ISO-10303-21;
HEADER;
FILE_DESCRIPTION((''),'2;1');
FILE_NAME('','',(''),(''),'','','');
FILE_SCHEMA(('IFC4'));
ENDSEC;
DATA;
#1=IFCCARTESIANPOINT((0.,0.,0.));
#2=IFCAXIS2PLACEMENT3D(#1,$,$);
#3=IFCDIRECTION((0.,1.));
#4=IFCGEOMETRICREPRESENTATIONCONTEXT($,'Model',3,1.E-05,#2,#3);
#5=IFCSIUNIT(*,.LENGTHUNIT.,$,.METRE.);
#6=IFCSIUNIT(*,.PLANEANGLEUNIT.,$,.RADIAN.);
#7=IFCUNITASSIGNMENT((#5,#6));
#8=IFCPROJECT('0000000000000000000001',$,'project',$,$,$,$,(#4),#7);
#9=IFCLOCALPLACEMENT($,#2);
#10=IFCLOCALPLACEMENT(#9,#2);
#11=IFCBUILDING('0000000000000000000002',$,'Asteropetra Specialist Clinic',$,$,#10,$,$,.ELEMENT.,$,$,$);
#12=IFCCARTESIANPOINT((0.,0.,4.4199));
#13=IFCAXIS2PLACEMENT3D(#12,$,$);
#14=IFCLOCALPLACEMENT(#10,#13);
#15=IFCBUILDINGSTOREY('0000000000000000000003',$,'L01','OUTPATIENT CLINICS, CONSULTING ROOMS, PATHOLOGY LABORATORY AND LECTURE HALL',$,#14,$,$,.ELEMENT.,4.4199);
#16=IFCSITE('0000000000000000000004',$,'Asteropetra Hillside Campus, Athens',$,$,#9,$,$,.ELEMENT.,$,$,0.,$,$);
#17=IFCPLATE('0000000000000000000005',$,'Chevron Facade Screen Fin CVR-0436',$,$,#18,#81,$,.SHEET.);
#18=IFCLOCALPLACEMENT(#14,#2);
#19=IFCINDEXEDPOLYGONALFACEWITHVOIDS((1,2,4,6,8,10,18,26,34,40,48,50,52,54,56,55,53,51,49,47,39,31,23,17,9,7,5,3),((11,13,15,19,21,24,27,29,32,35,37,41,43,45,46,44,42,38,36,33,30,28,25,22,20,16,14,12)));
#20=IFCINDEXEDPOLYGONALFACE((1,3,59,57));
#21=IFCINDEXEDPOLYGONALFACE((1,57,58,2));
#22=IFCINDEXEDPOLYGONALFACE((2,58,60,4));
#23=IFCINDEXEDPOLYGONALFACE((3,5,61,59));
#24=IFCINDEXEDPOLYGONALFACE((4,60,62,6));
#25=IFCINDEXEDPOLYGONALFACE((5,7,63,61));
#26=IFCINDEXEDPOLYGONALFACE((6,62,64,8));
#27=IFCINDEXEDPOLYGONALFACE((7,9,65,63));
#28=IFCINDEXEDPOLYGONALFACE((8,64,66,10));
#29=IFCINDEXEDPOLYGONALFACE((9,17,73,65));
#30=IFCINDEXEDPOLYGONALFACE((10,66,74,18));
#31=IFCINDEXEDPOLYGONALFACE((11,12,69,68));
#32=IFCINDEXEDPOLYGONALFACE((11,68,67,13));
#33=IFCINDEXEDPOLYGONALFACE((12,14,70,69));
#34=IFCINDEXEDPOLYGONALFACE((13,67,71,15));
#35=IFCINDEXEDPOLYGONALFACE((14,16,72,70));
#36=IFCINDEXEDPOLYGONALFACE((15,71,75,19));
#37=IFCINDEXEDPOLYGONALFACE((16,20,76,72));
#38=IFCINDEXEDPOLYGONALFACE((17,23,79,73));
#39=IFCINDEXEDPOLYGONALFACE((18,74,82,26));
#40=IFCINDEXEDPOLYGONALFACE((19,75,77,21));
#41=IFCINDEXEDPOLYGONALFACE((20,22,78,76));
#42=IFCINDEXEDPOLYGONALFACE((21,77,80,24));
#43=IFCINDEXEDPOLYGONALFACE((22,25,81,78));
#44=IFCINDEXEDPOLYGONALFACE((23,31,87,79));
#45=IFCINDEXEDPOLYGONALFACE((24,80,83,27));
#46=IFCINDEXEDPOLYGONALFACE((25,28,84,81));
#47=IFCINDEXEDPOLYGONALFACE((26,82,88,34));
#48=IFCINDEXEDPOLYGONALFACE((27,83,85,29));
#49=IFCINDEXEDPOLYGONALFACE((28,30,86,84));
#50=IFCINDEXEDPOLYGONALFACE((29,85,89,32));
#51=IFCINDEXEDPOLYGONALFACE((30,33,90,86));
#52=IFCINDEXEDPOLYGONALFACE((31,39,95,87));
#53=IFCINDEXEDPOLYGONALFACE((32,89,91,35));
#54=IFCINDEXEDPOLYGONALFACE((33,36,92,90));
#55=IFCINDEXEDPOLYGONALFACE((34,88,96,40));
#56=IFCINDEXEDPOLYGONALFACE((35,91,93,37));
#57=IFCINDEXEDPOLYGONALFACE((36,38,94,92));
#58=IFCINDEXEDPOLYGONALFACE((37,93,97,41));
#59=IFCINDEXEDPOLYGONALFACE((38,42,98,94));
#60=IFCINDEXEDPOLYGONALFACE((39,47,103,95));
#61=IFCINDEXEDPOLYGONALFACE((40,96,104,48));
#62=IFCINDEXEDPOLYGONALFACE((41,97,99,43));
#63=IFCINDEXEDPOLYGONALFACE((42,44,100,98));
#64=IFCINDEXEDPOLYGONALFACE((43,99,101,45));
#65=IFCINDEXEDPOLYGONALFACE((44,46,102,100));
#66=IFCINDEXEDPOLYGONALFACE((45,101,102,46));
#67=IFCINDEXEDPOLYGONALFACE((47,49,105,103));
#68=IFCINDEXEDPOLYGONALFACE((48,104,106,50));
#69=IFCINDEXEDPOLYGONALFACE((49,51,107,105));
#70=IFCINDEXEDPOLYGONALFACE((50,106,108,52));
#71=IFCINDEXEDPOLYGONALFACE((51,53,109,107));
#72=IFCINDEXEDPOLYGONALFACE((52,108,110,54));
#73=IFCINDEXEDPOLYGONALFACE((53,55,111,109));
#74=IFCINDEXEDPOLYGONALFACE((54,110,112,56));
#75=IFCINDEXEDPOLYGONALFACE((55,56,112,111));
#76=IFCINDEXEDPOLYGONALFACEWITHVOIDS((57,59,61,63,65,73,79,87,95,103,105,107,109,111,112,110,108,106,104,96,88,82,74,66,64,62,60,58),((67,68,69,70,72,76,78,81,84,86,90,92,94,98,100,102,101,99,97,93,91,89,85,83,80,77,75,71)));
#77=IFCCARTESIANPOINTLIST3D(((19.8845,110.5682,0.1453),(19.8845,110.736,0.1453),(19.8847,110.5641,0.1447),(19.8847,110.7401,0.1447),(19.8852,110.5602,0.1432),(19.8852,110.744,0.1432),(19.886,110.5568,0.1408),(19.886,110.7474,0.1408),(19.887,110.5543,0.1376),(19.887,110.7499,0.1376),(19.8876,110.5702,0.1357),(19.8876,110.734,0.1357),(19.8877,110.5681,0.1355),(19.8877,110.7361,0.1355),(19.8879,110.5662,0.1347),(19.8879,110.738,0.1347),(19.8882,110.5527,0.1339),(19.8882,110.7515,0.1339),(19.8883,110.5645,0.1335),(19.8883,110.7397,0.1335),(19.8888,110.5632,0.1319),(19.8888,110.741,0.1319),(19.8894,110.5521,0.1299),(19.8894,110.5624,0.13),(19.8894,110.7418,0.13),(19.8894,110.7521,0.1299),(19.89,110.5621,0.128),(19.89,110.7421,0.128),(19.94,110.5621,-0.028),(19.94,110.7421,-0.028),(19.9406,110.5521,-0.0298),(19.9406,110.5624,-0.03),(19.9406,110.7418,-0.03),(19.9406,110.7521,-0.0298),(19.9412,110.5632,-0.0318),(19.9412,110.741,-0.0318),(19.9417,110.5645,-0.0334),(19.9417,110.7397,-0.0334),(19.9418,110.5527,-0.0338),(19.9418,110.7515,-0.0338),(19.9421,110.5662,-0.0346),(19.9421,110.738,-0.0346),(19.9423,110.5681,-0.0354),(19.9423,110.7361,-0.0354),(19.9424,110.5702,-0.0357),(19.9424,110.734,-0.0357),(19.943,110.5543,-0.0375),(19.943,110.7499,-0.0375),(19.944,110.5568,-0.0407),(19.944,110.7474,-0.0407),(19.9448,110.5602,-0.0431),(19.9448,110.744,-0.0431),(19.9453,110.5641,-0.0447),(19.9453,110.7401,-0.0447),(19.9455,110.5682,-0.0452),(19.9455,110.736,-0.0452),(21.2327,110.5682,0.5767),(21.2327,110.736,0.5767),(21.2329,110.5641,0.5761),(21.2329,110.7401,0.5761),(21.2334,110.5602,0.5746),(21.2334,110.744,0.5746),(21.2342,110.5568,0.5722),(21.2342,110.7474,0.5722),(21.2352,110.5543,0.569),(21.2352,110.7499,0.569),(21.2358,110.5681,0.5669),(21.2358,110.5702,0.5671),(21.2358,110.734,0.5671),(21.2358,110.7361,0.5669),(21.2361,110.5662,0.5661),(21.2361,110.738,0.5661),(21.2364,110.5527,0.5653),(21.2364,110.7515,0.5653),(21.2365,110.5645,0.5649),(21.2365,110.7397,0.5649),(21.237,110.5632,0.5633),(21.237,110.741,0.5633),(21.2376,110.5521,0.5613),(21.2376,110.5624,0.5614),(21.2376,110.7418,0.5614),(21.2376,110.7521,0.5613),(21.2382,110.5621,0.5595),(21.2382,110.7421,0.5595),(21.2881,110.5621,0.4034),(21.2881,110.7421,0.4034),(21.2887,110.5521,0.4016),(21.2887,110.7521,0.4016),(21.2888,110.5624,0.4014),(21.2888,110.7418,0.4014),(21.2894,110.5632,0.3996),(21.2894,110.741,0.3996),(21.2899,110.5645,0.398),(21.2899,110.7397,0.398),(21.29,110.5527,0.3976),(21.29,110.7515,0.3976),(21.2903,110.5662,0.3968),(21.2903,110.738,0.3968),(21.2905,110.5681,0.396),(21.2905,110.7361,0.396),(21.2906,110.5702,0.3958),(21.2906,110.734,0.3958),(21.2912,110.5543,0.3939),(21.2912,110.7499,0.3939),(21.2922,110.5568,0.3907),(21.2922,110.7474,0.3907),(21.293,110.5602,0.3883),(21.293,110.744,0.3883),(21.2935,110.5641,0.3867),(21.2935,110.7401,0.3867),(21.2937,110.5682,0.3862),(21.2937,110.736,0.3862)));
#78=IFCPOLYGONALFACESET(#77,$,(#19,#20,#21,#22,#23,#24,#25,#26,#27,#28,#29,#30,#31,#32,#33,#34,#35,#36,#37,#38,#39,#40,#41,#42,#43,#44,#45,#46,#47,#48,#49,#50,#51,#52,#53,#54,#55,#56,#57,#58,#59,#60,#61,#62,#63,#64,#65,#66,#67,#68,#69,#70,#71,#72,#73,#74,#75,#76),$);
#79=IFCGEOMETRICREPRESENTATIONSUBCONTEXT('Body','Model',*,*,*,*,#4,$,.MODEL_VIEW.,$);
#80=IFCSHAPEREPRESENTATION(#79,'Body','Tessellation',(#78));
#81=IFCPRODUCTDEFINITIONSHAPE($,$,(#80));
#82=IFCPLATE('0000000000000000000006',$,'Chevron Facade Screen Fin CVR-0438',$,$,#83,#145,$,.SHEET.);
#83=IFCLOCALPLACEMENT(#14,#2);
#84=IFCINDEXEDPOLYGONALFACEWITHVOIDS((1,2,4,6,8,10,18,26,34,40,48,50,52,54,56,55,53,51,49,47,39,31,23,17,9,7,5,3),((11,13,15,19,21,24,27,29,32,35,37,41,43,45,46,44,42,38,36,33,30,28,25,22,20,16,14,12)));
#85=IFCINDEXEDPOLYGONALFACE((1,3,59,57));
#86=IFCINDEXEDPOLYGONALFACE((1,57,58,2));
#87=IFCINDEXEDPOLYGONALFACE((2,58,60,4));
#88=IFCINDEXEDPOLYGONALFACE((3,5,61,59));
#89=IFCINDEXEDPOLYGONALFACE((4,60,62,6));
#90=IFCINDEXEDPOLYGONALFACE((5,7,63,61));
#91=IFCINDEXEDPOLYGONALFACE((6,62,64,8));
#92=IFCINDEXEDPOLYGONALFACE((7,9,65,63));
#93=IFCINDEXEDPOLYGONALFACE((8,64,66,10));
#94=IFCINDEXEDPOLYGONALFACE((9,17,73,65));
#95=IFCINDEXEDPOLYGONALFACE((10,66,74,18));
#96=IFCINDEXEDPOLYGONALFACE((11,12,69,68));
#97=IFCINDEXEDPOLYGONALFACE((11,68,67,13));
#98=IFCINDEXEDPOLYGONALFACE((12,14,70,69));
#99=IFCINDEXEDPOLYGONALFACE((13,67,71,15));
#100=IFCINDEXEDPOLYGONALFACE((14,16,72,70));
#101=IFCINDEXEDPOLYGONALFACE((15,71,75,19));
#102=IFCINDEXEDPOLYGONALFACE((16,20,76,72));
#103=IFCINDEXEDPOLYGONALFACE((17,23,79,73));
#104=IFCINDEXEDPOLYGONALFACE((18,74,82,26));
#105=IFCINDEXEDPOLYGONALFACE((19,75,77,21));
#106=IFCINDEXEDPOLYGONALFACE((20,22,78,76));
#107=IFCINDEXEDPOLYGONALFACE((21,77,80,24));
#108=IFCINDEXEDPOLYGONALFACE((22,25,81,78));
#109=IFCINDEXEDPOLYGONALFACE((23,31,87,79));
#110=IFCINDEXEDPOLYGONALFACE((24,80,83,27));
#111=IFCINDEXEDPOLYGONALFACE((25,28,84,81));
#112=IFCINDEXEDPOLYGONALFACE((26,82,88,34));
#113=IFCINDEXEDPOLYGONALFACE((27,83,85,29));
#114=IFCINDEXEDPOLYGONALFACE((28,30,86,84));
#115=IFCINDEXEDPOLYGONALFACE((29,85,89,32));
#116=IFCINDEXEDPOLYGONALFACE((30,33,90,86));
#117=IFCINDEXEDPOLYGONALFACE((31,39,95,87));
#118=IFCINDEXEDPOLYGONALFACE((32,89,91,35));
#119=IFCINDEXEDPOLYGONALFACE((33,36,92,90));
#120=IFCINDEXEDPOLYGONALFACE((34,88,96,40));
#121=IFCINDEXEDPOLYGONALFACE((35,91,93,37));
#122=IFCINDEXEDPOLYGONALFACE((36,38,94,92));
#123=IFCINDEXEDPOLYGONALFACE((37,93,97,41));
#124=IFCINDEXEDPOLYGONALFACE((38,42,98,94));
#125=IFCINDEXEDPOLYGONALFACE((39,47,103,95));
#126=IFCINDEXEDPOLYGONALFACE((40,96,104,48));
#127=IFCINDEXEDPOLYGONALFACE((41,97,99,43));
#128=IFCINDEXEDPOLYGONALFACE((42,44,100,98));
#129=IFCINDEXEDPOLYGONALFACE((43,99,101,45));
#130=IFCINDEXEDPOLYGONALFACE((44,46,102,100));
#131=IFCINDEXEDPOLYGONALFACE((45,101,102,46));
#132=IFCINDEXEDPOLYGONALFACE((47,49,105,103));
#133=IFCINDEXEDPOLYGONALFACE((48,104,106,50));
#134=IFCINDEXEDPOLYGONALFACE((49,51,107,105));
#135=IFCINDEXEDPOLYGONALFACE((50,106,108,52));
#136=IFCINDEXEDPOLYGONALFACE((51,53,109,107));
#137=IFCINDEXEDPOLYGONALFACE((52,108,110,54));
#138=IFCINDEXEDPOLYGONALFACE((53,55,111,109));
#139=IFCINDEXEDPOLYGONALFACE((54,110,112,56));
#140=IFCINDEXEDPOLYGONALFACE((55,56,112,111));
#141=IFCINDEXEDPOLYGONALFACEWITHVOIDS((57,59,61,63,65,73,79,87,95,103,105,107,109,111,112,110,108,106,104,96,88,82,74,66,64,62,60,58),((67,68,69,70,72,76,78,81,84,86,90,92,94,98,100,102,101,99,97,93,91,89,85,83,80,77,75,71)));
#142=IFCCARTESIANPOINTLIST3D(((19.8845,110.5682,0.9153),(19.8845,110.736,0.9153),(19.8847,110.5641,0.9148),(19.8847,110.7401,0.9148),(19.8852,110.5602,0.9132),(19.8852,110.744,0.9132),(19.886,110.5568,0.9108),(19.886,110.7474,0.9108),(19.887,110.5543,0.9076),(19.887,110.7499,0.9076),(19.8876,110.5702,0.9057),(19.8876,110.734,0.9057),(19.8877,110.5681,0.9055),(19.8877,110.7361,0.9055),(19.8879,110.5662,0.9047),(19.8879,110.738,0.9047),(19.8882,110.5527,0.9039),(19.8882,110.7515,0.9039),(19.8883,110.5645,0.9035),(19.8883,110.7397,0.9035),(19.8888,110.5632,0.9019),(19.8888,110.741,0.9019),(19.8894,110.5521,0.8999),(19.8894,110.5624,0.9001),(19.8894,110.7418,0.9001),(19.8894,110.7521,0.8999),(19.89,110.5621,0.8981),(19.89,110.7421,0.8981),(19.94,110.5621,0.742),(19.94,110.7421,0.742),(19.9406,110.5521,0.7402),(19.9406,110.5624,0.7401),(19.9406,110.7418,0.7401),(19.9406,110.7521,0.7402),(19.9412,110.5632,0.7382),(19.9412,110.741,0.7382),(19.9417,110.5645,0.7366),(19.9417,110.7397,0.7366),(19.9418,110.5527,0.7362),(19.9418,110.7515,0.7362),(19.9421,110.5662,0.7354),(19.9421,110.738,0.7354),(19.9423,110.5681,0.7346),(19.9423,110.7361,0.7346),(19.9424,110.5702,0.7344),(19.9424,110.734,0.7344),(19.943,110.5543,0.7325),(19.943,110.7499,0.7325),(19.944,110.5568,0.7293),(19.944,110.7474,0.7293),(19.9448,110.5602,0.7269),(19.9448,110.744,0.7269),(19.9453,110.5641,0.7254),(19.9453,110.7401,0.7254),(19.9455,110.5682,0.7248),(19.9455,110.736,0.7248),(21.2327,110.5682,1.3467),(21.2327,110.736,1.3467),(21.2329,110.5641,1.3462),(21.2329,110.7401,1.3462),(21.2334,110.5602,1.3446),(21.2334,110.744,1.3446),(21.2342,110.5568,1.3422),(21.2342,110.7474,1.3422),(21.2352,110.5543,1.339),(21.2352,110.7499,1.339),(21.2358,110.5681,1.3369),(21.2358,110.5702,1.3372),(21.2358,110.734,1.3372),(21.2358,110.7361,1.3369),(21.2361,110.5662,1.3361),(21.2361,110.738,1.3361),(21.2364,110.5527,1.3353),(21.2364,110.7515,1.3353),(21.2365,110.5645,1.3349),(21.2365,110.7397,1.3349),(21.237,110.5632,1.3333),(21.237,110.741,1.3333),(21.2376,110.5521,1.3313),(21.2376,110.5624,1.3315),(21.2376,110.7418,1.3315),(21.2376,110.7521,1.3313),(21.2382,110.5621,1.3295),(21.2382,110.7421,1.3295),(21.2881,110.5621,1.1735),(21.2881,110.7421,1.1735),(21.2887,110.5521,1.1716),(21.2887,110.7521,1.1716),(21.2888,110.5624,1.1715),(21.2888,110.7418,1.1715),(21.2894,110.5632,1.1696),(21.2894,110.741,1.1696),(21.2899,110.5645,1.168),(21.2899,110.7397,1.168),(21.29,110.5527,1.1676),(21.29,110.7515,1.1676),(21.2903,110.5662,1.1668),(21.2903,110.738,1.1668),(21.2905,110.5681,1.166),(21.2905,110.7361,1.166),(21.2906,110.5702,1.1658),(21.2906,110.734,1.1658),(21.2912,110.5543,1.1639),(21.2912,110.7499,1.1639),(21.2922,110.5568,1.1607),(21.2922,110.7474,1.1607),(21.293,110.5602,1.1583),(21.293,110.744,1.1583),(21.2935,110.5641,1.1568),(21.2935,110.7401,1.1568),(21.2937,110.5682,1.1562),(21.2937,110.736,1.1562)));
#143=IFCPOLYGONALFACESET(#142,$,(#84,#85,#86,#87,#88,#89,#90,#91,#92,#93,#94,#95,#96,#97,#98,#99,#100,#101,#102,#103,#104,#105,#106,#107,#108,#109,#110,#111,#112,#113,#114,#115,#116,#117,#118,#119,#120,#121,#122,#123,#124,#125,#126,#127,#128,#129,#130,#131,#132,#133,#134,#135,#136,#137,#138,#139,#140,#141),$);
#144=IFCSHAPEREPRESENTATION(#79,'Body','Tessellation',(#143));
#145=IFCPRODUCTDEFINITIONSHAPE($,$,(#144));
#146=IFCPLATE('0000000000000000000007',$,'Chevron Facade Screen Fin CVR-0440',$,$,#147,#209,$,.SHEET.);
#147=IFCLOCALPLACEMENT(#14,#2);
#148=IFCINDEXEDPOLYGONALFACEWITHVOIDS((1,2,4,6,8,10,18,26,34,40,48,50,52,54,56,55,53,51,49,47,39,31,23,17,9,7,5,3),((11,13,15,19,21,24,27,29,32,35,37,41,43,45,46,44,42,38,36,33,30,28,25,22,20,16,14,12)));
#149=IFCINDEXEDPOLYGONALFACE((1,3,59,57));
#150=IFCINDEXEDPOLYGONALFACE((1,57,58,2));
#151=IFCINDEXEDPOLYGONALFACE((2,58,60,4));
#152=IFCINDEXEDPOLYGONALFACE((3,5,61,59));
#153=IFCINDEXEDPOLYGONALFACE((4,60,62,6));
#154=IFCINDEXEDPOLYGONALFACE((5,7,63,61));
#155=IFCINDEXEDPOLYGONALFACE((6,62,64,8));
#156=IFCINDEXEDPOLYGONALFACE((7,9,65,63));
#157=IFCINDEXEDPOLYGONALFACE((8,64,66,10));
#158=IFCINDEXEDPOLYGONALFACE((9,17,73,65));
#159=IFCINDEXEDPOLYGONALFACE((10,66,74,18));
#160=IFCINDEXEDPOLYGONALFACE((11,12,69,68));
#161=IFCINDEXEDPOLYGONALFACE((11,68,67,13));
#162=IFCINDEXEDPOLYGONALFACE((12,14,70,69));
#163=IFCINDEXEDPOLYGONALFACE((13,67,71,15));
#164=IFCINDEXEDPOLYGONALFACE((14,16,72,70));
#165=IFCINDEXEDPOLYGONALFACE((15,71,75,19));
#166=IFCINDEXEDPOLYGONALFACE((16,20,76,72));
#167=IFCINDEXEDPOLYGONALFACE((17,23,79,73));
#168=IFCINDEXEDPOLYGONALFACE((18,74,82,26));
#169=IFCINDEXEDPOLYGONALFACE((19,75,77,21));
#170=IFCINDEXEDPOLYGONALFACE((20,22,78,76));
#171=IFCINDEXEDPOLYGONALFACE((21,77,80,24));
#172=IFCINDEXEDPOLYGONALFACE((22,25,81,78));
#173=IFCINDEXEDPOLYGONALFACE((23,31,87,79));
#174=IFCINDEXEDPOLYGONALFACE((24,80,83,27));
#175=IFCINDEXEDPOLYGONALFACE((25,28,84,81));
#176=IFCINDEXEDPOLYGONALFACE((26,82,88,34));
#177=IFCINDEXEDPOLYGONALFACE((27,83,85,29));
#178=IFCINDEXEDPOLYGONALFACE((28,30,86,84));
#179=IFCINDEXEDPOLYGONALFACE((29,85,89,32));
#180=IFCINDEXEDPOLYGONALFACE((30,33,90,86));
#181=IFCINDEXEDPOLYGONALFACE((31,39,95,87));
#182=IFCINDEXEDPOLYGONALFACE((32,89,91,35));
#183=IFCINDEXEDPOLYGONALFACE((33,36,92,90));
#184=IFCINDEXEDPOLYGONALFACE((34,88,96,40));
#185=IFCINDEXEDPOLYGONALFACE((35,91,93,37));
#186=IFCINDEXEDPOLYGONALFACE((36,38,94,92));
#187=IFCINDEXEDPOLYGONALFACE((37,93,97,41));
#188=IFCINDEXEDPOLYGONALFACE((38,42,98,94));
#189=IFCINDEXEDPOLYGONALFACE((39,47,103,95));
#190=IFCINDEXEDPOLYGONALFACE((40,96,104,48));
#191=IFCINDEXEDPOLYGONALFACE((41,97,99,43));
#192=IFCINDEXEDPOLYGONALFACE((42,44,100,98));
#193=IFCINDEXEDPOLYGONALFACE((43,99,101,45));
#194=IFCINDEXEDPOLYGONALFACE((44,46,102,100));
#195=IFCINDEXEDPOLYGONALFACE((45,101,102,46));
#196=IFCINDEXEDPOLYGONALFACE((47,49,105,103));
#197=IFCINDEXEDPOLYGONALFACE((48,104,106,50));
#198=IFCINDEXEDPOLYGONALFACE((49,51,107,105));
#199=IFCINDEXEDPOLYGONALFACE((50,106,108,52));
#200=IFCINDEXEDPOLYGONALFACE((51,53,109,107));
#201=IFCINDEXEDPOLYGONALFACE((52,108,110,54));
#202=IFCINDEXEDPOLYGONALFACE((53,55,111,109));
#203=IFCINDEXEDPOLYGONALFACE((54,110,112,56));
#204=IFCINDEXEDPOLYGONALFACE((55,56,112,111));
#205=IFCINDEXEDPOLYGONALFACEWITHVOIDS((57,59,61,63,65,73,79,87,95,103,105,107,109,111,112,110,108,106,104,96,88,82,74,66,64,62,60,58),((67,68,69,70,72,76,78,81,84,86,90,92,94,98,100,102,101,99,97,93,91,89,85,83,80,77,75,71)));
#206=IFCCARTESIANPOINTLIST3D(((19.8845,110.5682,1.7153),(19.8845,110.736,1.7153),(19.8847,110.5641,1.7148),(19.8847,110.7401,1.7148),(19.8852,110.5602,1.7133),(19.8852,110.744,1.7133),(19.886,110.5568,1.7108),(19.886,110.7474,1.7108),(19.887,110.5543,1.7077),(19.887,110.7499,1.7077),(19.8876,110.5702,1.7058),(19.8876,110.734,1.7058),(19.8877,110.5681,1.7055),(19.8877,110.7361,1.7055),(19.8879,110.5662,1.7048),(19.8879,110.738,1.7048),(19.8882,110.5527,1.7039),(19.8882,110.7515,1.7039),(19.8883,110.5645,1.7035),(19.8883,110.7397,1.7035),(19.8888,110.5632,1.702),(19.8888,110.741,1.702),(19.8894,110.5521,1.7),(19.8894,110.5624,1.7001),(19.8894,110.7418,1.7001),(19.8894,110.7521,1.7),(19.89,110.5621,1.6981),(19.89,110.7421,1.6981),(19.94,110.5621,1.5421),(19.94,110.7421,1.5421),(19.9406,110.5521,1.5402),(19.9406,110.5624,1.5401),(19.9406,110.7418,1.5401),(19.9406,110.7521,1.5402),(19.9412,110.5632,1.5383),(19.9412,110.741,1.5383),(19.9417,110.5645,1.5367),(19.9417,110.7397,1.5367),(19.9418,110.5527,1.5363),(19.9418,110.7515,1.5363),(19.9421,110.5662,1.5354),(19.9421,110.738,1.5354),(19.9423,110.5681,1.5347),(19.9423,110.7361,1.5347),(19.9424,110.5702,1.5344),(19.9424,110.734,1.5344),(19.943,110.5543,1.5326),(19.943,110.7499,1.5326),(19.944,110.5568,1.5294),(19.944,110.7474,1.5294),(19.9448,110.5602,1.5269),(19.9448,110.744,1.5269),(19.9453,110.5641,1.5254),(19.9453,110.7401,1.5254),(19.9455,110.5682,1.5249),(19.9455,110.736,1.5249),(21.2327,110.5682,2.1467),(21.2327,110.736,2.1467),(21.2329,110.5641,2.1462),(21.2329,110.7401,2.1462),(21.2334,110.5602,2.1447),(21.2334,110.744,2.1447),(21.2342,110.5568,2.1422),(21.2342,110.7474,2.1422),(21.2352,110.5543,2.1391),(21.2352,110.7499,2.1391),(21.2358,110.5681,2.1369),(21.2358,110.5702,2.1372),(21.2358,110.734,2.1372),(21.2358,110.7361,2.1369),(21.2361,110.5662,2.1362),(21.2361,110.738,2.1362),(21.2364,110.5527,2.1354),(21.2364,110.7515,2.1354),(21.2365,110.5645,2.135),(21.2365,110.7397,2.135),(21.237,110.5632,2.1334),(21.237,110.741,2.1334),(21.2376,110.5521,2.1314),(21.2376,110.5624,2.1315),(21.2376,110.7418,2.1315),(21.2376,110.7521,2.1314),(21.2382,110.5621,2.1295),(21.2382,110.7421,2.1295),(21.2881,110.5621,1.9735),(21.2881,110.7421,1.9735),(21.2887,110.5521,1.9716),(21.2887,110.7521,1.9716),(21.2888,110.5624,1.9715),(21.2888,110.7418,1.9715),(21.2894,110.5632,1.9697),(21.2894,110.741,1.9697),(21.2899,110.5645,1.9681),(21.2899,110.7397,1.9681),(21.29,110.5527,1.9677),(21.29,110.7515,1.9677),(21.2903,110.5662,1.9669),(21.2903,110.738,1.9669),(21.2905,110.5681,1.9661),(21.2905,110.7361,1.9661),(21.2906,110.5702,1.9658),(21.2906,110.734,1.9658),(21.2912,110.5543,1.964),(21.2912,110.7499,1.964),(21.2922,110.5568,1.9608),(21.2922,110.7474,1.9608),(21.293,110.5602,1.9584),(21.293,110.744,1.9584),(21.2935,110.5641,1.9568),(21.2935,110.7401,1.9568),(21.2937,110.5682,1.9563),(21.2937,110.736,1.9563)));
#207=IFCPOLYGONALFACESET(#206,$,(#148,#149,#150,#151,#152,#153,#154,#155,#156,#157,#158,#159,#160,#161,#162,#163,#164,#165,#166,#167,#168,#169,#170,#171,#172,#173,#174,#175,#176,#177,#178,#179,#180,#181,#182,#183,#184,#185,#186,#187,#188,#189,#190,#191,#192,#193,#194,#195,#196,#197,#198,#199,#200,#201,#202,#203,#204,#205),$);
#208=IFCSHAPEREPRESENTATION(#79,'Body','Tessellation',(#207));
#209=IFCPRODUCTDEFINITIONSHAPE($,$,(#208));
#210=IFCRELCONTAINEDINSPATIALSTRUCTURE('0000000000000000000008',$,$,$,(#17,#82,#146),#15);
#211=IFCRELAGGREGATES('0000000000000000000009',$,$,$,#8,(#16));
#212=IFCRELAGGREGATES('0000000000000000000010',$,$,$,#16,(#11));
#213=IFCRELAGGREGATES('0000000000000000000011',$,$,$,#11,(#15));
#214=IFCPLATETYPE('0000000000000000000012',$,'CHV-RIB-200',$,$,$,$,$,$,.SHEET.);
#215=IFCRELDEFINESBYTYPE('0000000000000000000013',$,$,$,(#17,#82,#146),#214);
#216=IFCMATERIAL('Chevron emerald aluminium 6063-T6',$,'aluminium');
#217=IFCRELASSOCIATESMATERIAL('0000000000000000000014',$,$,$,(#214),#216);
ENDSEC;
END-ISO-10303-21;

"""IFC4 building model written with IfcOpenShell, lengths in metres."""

from ifc_helpers import new_model, si_unit, direction, frame, origin, origin_2d, place, context, subcontext, project, spatial, hollow_rectangle, extrude, material, material_profile, profile_set, type_object, element, save


model = new_model("IFC4")

# Units and contexts
model_context = context("Model", 3, precision=1e-05, world=origin(), true_north=direction((0.0, 1.0)))
body_context = subcontext(model_context, "Body", "Model", "MODEL_VIEW")
ifc_project = project(units=[si_unit("LENGTHUNIT", "METRE"), si_unit("PLANEANGLEUNIT", "RADIAN")], contexts=[model_context])

# Site, building, storey
site_placement = place(None, origin())
site = spatial("IfcSite", under=ifc_project, at=site_placement, Name="Asteropetra Hillside Campus, Athens", CompositionType="ELEMENT", RefElevation=0.0)
building_placement = place(site_placement, origin())
building = spatial("IfcBuilding", under=site, at=building_placement, Name="Asteropetra Specialist Clinic", CompositionType="ELEMENT")
storey_placement = place(building_placement, frame((0.0, 0.0, 4.4199)))
storey = spatial("IfcBuildingStorey", under=building, at=storey_placement, Name="L01", Description="OUTPATIENT CLINICS, CONSULTING ROOMS, PATHOLOGY LABORATORY AND LECTURE HALL", CompositionType="ELEMENT", Elevation=4.4199)

# Plates
ifc_material_1 = material(Name="Chevron emerald aluminium 6063-T6", Category="aluminium")
ifc_material_profile_1 = material_profile(ifc_material_1, hollow_rectangle(XDim=0.2, YDim=0.2, WallThickness=0.01, InnerFilletRadius=0.0081, OuterFilletRadius=0.0161, at=origin_2d()), Name="SHS 200x200x10.0")
ifc_profile_set_1 = profile_set([ifc_material_profile_1], Name="Chevron emerald aluminium 6063-T6")
plate_type_1 = type_object("IfcPlateType", Name="CHV-RIB-200", PredefinedType="SHEET", material=ifc_profile_set_1)
for number, where, z_axis, x_axis, name in (
    (1, (21.2632, 110.6521, 0.4814), (-0.952426, 0.0, -0.304769), (0.0, -1.0, 0.0), "Chevron Facade Screen Fin CVR-0436"),
    (2, (21.2632, 110.6521, 1.2515), (-0.952426, 0.0, -0.304769), (0.0, -1.0, 0.0), "Chevron Facade Screen Fin CVR-0438"),
    (3, (21.2632, 110.6521, 2.0515), (-0.952426, 0.0, -0.304769), (0.0, -1.0, 0.0), "Chevron Facade Screen Fin CVR-0440"),
):
    element("IfcPlate", number, at=place(storey_placement, frame(where, z_axis=z_axis, x_axis=x_axis)), inside=storey, type_object=plate_type_1, Name=name, PredefinedType="SHEET", context=body_context, shape_type="SweptSolid", body=[
        extrude(hollow_rectangle(XDim=0.2, YDim=0.2, WallThickness=0.01, InnerFilletRadius=0.0081, OuterFilletRadius=0.0161, at=origin_2d()), origin(), (0.0, 0.0, 1.0), 1.4155),
    ])

save(model, "model.ifc")
